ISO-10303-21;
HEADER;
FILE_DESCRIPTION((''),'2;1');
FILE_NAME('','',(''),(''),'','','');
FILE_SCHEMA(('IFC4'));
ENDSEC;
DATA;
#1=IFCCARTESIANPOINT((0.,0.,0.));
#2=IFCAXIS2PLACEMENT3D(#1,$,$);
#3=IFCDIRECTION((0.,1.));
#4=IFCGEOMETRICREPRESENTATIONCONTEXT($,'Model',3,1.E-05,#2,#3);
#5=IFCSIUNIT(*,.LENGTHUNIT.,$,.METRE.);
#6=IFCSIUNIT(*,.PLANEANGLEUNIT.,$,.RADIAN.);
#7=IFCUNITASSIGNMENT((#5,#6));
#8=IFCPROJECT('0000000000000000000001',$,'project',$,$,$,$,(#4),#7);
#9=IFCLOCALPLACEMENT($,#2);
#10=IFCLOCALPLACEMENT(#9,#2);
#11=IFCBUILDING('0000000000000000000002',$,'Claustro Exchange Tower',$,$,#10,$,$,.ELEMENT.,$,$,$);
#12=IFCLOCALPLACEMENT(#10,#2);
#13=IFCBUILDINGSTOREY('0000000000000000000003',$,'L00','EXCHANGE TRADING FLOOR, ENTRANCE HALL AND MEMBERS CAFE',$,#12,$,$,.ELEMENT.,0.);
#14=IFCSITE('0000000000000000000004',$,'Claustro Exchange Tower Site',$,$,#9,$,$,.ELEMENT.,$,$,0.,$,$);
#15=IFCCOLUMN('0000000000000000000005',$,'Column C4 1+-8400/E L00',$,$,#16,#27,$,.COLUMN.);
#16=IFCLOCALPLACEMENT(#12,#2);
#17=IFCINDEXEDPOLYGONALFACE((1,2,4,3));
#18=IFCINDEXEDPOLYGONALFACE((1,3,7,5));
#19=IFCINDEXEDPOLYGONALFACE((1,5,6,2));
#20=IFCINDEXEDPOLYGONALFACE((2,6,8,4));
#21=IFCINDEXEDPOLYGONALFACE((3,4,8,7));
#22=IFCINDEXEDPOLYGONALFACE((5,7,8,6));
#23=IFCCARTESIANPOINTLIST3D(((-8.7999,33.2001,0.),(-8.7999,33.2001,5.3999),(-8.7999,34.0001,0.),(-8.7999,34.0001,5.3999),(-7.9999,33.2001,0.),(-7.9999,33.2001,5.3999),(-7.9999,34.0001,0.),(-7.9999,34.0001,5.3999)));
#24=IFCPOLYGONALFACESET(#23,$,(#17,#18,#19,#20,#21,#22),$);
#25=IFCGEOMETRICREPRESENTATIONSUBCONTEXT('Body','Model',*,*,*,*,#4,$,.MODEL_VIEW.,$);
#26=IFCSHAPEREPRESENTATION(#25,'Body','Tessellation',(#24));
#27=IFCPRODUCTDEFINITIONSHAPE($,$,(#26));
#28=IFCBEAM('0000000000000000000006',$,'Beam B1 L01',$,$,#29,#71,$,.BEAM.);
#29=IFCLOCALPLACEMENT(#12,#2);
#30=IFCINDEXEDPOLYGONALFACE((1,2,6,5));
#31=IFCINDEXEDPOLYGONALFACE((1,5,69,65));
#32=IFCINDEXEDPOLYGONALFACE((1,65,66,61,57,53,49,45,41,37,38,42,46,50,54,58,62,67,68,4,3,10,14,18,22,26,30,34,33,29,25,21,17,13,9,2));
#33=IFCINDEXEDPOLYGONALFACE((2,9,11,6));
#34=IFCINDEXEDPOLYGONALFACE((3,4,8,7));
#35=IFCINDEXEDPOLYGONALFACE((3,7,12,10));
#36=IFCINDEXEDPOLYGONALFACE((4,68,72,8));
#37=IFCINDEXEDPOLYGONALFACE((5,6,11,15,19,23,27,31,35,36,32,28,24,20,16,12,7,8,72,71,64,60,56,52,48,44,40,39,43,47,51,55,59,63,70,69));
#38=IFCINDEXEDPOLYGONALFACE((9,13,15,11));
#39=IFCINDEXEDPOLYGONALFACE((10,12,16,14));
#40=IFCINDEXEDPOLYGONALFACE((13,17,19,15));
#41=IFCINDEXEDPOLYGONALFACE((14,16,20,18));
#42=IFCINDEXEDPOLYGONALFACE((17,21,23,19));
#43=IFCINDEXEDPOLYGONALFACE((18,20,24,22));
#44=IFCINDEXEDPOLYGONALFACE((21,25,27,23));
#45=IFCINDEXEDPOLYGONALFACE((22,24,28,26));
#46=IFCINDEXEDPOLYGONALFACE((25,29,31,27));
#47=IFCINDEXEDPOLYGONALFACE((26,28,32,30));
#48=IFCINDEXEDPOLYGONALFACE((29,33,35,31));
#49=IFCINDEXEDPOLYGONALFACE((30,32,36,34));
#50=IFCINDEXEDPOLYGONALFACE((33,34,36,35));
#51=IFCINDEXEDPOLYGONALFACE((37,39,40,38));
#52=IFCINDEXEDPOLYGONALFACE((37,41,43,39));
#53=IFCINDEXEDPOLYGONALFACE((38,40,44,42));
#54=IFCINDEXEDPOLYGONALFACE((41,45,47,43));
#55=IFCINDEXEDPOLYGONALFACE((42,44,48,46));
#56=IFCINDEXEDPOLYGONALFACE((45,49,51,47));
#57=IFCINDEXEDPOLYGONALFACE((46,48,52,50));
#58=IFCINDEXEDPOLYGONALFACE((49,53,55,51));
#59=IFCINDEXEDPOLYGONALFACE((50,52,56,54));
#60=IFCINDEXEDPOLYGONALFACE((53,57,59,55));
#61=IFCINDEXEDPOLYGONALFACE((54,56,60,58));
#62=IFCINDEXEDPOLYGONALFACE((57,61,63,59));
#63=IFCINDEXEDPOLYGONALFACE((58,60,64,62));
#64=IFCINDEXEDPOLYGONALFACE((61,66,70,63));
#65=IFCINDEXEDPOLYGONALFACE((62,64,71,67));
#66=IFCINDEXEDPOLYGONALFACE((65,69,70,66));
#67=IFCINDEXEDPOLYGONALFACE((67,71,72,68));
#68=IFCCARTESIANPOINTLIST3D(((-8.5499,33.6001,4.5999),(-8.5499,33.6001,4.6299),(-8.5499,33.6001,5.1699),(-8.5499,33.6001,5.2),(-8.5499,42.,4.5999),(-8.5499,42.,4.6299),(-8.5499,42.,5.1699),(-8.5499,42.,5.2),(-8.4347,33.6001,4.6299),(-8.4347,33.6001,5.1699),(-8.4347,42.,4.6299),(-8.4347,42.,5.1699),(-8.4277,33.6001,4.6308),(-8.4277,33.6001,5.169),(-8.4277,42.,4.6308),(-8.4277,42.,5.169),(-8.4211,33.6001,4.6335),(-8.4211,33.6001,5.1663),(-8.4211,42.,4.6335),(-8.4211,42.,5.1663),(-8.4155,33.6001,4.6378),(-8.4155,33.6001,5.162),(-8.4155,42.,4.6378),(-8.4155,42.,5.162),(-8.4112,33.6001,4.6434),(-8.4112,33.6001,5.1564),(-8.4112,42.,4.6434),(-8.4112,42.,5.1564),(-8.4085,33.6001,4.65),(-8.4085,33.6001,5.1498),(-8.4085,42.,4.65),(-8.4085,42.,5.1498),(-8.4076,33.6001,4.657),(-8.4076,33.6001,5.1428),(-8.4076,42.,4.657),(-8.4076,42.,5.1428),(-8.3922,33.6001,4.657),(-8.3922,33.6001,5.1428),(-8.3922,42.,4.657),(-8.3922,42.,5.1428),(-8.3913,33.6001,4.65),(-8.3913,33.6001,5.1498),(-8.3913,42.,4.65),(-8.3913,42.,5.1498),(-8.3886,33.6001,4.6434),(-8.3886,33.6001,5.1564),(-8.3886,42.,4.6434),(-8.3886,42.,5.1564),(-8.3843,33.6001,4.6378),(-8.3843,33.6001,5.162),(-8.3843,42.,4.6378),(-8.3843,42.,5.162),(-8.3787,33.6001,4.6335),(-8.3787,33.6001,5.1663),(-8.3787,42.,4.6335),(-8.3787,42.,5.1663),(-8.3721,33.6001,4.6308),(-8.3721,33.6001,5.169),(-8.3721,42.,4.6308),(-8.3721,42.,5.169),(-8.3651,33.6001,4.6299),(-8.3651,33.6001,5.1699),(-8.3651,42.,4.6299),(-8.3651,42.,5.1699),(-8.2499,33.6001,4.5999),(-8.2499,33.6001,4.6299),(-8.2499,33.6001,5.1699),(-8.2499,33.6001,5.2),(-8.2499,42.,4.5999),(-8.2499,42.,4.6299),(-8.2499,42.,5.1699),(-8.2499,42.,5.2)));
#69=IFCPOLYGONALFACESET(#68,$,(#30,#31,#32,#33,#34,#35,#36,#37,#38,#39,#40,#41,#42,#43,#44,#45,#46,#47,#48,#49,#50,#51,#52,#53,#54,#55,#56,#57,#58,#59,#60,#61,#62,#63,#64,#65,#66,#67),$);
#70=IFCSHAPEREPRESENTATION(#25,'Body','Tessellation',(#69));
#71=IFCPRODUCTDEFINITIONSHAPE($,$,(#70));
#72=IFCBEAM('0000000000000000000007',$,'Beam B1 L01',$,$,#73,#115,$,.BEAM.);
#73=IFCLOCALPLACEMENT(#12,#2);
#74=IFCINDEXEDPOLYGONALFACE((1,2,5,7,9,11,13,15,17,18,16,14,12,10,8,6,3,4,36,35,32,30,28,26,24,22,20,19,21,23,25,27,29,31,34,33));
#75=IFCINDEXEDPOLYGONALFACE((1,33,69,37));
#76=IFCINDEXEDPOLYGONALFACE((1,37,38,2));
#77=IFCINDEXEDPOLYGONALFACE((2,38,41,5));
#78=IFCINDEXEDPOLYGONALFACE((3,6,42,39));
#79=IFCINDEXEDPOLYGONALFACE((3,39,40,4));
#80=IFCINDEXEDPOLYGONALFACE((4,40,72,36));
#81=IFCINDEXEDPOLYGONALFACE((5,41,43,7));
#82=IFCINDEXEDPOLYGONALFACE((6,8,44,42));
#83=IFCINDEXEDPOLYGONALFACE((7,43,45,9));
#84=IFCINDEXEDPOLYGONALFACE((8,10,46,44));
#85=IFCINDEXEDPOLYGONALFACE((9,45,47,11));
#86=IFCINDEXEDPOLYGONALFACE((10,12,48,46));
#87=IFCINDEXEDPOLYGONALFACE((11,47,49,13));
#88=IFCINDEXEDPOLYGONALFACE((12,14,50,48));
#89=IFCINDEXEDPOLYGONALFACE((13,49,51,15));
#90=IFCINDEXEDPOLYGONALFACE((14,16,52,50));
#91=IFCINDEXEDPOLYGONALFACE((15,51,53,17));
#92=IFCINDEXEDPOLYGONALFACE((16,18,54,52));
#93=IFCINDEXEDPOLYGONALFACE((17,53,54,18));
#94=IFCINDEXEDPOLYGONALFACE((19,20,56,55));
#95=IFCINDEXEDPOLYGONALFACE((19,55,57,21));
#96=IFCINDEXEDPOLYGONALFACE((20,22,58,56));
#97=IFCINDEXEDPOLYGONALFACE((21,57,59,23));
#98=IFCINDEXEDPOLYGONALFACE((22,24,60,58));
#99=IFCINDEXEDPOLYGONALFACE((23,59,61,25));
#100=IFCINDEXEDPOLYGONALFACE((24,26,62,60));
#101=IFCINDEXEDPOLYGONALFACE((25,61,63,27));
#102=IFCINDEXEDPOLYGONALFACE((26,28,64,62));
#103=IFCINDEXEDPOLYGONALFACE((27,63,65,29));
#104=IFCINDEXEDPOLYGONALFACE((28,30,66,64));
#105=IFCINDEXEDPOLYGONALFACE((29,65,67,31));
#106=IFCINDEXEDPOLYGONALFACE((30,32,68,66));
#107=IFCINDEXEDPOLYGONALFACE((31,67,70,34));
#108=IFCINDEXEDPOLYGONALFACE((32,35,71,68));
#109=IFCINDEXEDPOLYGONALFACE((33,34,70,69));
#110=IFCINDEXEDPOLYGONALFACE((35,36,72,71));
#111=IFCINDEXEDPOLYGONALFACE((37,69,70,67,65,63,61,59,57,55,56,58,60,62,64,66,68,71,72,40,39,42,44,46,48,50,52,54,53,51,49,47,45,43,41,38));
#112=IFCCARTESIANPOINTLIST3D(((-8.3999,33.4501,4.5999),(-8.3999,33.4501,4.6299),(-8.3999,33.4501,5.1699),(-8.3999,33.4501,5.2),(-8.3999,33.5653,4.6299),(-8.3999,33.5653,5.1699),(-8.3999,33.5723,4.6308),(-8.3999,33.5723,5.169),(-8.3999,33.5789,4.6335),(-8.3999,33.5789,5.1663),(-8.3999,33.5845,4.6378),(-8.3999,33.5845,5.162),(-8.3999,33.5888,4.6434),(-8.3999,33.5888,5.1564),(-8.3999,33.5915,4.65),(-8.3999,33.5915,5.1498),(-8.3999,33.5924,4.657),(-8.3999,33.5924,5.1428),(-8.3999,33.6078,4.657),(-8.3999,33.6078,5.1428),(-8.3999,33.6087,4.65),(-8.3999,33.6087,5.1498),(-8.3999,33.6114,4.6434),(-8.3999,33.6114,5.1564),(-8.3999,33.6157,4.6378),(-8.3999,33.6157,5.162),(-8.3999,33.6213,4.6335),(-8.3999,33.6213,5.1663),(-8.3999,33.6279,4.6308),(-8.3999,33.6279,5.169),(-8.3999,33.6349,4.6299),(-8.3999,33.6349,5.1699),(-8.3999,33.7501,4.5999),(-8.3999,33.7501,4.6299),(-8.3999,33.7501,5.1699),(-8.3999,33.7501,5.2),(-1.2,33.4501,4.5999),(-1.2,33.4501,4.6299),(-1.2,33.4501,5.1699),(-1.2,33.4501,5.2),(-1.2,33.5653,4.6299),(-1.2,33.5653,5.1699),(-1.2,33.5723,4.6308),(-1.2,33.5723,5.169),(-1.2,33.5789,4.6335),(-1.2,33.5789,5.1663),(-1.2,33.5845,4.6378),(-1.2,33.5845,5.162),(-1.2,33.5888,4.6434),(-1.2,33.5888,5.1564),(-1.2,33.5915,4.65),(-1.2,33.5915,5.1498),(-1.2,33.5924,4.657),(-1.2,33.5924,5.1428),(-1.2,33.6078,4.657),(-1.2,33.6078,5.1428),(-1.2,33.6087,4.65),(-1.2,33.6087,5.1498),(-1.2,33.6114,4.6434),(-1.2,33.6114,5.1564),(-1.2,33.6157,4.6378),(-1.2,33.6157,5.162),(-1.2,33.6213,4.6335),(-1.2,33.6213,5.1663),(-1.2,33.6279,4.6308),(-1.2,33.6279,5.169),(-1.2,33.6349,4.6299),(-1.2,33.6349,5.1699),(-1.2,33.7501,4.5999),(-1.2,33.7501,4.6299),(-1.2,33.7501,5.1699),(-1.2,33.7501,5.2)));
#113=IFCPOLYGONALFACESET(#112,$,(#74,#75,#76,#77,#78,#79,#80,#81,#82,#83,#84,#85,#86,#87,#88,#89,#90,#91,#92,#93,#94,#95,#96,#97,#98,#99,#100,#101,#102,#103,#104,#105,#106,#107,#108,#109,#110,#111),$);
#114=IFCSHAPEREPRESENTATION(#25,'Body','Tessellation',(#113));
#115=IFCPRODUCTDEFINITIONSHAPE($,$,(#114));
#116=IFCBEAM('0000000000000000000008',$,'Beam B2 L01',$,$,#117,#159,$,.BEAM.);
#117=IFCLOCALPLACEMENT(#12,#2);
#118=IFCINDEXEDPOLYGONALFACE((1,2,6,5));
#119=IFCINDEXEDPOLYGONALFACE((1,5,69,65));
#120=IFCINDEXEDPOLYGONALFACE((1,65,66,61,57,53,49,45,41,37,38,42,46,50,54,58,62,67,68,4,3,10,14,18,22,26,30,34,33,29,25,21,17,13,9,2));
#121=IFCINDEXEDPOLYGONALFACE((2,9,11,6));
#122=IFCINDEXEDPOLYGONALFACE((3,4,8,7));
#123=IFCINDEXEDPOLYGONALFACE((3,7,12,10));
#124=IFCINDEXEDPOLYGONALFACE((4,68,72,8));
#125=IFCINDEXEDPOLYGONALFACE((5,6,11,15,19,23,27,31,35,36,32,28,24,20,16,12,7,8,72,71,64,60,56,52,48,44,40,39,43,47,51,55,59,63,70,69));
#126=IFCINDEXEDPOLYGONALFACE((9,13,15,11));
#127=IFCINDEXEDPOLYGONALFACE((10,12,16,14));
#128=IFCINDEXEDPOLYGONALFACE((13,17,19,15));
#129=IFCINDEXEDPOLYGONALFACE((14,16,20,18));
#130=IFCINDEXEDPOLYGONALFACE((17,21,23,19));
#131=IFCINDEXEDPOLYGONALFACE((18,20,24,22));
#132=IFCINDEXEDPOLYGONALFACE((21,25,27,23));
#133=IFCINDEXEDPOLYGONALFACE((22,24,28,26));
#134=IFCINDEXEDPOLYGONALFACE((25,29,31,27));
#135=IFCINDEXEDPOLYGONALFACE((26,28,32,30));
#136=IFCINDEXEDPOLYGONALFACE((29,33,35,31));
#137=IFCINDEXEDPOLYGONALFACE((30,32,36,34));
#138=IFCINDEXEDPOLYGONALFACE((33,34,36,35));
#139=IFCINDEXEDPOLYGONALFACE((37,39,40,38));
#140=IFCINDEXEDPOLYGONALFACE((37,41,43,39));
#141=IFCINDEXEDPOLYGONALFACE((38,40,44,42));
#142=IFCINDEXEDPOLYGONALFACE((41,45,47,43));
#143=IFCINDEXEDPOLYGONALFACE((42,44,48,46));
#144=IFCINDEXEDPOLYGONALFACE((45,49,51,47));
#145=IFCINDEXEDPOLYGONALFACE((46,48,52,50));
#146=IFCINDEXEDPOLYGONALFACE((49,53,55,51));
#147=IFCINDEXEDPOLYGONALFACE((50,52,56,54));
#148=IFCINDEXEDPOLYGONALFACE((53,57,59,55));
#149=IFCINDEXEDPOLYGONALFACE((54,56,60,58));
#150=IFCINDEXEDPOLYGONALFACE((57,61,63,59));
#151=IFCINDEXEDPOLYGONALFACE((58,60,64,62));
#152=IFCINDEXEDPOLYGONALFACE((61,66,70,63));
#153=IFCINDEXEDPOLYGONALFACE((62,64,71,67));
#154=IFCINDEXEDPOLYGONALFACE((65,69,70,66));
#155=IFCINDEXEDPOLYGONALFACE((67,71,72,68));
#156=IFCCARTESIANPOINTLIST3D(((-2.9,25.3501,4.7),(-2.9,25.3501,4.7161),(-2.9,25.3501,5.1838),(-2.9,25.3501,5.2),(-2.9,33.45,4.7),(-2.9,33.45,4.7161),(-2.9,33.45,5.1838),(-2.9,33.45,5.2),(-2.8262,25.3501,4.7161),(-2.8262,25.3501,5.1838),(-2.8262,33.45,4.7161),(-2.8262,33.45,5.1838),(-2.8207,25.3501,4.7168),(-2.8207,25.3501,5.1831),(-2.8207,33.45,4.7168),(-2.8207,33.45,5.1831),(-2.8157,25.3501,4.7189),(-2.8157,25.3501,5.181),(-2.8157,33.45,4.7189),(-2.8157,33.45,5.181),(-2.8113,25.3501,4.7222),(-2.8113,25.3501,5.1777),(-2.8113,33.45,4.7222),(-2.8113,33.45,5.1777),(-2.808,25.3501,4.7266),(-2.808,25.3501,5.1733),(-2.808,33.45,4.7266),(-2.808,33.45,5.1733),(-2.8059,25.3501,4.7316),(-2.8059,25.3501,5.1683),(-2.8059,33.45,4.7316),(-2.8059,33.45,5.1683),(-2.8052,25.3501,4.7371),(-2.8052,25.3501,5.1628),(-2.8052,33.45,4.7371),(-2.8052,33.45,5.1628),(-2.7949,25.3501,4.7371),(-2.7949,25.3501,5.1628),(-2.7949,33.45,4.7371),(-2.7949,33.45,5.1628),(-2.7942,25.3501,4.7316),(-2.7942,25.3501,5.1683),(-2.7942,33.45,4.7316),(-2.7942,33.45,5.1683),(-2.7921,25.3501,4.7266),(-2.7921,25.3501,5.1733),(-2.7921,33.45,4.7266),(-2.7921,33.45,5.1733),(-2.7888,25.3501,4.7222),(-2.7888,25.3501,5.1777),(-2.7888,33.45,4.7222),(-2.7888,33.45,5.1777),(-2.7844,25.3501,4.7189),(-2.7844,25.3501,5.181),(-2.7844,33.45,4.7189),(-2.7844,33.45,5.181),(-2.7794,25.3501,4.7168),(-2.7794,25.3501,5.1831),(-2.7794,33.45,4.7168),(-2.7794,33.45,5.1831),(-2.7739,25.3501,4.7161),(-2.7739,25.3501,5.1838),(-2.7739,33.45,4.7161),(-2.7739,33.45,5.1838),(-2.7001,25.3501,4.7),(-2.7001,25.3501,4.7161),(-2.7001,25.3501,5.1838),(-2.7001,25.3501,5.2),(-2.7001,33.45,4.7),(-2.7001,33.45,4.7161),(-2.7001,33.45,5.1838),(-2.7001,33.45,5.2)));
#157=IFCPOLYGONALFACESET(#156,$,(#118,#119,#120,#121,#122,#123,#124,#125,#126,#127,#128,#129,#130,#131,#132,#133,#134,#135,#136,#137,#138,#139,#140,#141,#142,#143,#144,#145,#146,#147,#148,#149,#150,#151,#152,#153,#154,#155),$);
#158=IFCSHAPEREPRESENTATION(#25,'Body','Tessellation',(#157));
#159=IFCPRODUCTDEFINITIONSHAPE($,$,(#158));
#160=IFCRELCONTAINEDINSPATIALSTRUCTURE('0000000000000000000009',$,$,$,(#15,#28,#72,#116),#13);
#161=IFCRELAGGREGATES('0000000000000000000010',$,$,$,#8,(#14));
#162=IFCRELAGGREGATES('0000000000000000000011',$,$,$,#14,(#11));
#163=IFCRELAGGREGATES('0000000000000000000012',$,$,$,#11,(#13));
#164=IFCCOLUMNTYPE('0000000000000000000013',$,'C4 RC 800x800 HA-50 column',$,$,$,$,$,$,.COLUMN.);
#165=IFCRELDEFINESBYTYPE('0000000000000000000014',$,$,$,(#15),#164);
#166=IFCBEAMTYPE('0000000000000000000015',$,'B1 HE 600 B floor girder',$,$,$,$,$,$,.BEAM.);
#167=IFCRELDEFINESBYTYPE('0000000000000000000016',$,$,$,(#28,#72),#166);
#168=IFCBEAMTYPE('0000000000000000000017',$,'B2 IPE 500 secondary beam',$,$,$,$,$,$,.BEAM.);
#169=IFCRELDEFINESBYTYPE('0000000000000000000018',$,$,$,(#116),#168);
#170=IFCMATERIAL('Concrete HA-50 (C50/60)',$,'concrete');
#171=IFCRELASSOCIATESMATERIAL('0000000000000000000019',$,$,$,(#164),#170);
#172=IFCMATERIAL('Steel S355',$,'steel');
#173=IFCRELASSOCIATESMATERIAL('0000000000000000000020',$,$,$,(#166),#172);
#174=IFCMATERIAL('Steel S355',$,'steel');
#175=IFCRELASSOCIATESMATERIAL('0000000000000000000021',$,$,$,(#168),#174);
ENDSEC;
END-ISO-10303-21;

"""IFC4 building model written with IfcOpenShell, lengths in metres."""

from ifc_helpers import new_model, si_unit, direction, frame, origin, origin_2d, place, context, subcontext, project, spatial, rectangle, i_section, extrude, material, material_profile, profile_set, type_object, element, save


model = new_model("IFC4")

# Units and contexts
model_context = context("Model", 3, precision=1e-05, world=origin(), true_north=direction((0.0, 1.0)))
body_context = subcontext(model_context, "Body", "Model", "MODEL_VIEW")
ifc_project = project(units=[si_unit("LENGTHUNIT", "METRE"), si_unit("PLANEANGLEUNIT", "RADIAN")], contexts=[model_context])

# Site, building, storey
site_placement = place(None, origin())
site = spatial("IfcSite", under=ifc_project, at=site_placement, Name="Claustro Exchange Tower Site", CompositionType="ELEMENT", RefElevation=0.0)
building_placement = place(site_placement, origin())
building = spatial("IfcBuilding", under=site, at=building_placement, Name="Claustro Exchange Tower", CompositionType="ELEMENT")
storey_placement = place(building_placement, origin())
storey = spatial("IfcBuildingStorey", under=building, at=storey_placement, Name="L00", Description="EXCHANGE TRADING FLOOR, ENTRANCE HALL AND MEMBERS CAFE", CompositionType="ELEMENT", Elevation=0.0)

# Column
ifc_material_1 = material(Name="Concrete HA-50 (C50/60)", Category="concrete")
ifc_material_profile_1 = material_profile(ifc_material_1, rectangle(XDim=0.8, YDim=0.8, at=origin_2d()), Name="RC 800x800")
ifc_profile_set_1 = profile_set([ifc_material_profile_1], Name="Concrete HA-50 (C50/60)")
column_type = type_object("IfcColumnType", Name="C4 RC 800x800 HA-50 column", PredefinedType="COLUMN", material=ifc_profile_set_1)
column_placement = place(storey_placement, frame((-8.3999, 33.6001, 0.0), z_axis=(0.0, 0.0, 1.0), x_axis=(1.0, 0.0, 0.0)))
element("IfcColumn", 1, at=column_placement, inside=storey, type_object=column_type, Name="Column C4 1+-8400/E L00", PredefinedType="COLUMN", context=body_context, shape_type="SweptSolid", body=[
    extrude(rectangle(XDim=0.8, YDim=0.8, at=origin_2d()), origin(), (0.0, 0.0, 1.0), 5.3999),
])

# Beams
ifc_material_2 = material(Name="Steel S355", Category="steel")
ifc_material_profile_2 = material_profile(ifc_material_2, i_section(OverallWidth=0.3, OverallDepth=0.6001, WebThickness=0.0154, FlangeThickness=0.03, FilletRadius=0.0271, at=origin_2d()), Name="HE 600 B")
ifc_profile_set_2 = profile_set([ifc_material_profile_2], Name="Steel S355")
beam_type_1 = type_object("IfcBeamType", Name="B1 HE 600 B floor girder", PredefinedType="BEAM", material=ifc_profile_set_2)
beam_1_placement = place(storey_placement, frame((-8.3999, 33.6001, 4.8999), z_axis=(0.0, 1.0, 0.0), x_axis=(-1.0, 0.0, 0.0)))
element("IfcBeam", 2, at=beam_1_placement, inside=storey, type_object=beam_type_1, Name="Beam B1 L01", PredefinedType="BEAM", context=body_context, shape_type="SweptSolid", body=[
    extrude(i_section(OverallWidth=0.3, OverallDepth=0.6001, WebThickness=0.0154, FlangeThickness=0.03, FilletRadius=0.0271, at=origin_2d()), origin(), (0.0, 0.0, 1.0), 8.3999),
])
beam_2_placement = place(storey_placement, frame((-8.3999, 33.6001, 4.8999), z_axis=(1.0, 0.0, 0.0), x_axis=(0.0, 1.0, 0.0)))
element("IfcBeam", 3, at=beam_2_placement, inside=storey, type_object=beam_type_1, Name="Beam B1 L01", PredefinedType="BEAM", context=body_context, shape_type="SweptSolid", body=[
    extrude(i_section(OverallWidth=0.3, OverallDepth=0.6001, WebThickness=0.0154, FlangeThickness=0.03, FilletRadius=0.0271, at=origin_2d()), origin(), (0.0, 0.0, 1.0), 7.2),
])
ifc_material_3 = material(Name="Steel S355", Category="steel")
ifc_material_profile_3 = material_profile(ifc_material_3, i_section(OverallWidth=0.2, OverallDepth=0.5, WebThickness=0.0103, FlangeThickness=0.0161, FilletRadius=0.021, at=origin_2d()), Name="IPE 500")
ifc_profile_set_3 = profile_set([ifc_material_profile_3], Name="Steel S355")
beam_type_2 = type_object("IfcBeamType", Name="B2 IPE 500 secondary beam", PredefinedType="BEAM", material=ifc_profile_set_3)
beam_3_placement = place(storey_placement, frame((-2.8, 25.3501, 4.95), z_axis=(0.0, 1.0, 0.0), x_axis=(-1.0, 0.0, 0.0)))
element("IfcBeam", 4, at=beam_3_placement, inside=storey, type_object=beam_type_2, Name="Beam B2 L01", PredefinedType="BEAM", context=body_context, shape_type="SweptSolid", body=[
    extrude(i_section(OverallWidth=0.2, OverallDepth=0.5, WebThickness=0.0103, FlangeThickness=0.0161, FilletRadius=0.021, at=origin_2d()), origin(), (0.0, 0.0, 1.0), 8.0999),
])

save(model, "model.ifc")
